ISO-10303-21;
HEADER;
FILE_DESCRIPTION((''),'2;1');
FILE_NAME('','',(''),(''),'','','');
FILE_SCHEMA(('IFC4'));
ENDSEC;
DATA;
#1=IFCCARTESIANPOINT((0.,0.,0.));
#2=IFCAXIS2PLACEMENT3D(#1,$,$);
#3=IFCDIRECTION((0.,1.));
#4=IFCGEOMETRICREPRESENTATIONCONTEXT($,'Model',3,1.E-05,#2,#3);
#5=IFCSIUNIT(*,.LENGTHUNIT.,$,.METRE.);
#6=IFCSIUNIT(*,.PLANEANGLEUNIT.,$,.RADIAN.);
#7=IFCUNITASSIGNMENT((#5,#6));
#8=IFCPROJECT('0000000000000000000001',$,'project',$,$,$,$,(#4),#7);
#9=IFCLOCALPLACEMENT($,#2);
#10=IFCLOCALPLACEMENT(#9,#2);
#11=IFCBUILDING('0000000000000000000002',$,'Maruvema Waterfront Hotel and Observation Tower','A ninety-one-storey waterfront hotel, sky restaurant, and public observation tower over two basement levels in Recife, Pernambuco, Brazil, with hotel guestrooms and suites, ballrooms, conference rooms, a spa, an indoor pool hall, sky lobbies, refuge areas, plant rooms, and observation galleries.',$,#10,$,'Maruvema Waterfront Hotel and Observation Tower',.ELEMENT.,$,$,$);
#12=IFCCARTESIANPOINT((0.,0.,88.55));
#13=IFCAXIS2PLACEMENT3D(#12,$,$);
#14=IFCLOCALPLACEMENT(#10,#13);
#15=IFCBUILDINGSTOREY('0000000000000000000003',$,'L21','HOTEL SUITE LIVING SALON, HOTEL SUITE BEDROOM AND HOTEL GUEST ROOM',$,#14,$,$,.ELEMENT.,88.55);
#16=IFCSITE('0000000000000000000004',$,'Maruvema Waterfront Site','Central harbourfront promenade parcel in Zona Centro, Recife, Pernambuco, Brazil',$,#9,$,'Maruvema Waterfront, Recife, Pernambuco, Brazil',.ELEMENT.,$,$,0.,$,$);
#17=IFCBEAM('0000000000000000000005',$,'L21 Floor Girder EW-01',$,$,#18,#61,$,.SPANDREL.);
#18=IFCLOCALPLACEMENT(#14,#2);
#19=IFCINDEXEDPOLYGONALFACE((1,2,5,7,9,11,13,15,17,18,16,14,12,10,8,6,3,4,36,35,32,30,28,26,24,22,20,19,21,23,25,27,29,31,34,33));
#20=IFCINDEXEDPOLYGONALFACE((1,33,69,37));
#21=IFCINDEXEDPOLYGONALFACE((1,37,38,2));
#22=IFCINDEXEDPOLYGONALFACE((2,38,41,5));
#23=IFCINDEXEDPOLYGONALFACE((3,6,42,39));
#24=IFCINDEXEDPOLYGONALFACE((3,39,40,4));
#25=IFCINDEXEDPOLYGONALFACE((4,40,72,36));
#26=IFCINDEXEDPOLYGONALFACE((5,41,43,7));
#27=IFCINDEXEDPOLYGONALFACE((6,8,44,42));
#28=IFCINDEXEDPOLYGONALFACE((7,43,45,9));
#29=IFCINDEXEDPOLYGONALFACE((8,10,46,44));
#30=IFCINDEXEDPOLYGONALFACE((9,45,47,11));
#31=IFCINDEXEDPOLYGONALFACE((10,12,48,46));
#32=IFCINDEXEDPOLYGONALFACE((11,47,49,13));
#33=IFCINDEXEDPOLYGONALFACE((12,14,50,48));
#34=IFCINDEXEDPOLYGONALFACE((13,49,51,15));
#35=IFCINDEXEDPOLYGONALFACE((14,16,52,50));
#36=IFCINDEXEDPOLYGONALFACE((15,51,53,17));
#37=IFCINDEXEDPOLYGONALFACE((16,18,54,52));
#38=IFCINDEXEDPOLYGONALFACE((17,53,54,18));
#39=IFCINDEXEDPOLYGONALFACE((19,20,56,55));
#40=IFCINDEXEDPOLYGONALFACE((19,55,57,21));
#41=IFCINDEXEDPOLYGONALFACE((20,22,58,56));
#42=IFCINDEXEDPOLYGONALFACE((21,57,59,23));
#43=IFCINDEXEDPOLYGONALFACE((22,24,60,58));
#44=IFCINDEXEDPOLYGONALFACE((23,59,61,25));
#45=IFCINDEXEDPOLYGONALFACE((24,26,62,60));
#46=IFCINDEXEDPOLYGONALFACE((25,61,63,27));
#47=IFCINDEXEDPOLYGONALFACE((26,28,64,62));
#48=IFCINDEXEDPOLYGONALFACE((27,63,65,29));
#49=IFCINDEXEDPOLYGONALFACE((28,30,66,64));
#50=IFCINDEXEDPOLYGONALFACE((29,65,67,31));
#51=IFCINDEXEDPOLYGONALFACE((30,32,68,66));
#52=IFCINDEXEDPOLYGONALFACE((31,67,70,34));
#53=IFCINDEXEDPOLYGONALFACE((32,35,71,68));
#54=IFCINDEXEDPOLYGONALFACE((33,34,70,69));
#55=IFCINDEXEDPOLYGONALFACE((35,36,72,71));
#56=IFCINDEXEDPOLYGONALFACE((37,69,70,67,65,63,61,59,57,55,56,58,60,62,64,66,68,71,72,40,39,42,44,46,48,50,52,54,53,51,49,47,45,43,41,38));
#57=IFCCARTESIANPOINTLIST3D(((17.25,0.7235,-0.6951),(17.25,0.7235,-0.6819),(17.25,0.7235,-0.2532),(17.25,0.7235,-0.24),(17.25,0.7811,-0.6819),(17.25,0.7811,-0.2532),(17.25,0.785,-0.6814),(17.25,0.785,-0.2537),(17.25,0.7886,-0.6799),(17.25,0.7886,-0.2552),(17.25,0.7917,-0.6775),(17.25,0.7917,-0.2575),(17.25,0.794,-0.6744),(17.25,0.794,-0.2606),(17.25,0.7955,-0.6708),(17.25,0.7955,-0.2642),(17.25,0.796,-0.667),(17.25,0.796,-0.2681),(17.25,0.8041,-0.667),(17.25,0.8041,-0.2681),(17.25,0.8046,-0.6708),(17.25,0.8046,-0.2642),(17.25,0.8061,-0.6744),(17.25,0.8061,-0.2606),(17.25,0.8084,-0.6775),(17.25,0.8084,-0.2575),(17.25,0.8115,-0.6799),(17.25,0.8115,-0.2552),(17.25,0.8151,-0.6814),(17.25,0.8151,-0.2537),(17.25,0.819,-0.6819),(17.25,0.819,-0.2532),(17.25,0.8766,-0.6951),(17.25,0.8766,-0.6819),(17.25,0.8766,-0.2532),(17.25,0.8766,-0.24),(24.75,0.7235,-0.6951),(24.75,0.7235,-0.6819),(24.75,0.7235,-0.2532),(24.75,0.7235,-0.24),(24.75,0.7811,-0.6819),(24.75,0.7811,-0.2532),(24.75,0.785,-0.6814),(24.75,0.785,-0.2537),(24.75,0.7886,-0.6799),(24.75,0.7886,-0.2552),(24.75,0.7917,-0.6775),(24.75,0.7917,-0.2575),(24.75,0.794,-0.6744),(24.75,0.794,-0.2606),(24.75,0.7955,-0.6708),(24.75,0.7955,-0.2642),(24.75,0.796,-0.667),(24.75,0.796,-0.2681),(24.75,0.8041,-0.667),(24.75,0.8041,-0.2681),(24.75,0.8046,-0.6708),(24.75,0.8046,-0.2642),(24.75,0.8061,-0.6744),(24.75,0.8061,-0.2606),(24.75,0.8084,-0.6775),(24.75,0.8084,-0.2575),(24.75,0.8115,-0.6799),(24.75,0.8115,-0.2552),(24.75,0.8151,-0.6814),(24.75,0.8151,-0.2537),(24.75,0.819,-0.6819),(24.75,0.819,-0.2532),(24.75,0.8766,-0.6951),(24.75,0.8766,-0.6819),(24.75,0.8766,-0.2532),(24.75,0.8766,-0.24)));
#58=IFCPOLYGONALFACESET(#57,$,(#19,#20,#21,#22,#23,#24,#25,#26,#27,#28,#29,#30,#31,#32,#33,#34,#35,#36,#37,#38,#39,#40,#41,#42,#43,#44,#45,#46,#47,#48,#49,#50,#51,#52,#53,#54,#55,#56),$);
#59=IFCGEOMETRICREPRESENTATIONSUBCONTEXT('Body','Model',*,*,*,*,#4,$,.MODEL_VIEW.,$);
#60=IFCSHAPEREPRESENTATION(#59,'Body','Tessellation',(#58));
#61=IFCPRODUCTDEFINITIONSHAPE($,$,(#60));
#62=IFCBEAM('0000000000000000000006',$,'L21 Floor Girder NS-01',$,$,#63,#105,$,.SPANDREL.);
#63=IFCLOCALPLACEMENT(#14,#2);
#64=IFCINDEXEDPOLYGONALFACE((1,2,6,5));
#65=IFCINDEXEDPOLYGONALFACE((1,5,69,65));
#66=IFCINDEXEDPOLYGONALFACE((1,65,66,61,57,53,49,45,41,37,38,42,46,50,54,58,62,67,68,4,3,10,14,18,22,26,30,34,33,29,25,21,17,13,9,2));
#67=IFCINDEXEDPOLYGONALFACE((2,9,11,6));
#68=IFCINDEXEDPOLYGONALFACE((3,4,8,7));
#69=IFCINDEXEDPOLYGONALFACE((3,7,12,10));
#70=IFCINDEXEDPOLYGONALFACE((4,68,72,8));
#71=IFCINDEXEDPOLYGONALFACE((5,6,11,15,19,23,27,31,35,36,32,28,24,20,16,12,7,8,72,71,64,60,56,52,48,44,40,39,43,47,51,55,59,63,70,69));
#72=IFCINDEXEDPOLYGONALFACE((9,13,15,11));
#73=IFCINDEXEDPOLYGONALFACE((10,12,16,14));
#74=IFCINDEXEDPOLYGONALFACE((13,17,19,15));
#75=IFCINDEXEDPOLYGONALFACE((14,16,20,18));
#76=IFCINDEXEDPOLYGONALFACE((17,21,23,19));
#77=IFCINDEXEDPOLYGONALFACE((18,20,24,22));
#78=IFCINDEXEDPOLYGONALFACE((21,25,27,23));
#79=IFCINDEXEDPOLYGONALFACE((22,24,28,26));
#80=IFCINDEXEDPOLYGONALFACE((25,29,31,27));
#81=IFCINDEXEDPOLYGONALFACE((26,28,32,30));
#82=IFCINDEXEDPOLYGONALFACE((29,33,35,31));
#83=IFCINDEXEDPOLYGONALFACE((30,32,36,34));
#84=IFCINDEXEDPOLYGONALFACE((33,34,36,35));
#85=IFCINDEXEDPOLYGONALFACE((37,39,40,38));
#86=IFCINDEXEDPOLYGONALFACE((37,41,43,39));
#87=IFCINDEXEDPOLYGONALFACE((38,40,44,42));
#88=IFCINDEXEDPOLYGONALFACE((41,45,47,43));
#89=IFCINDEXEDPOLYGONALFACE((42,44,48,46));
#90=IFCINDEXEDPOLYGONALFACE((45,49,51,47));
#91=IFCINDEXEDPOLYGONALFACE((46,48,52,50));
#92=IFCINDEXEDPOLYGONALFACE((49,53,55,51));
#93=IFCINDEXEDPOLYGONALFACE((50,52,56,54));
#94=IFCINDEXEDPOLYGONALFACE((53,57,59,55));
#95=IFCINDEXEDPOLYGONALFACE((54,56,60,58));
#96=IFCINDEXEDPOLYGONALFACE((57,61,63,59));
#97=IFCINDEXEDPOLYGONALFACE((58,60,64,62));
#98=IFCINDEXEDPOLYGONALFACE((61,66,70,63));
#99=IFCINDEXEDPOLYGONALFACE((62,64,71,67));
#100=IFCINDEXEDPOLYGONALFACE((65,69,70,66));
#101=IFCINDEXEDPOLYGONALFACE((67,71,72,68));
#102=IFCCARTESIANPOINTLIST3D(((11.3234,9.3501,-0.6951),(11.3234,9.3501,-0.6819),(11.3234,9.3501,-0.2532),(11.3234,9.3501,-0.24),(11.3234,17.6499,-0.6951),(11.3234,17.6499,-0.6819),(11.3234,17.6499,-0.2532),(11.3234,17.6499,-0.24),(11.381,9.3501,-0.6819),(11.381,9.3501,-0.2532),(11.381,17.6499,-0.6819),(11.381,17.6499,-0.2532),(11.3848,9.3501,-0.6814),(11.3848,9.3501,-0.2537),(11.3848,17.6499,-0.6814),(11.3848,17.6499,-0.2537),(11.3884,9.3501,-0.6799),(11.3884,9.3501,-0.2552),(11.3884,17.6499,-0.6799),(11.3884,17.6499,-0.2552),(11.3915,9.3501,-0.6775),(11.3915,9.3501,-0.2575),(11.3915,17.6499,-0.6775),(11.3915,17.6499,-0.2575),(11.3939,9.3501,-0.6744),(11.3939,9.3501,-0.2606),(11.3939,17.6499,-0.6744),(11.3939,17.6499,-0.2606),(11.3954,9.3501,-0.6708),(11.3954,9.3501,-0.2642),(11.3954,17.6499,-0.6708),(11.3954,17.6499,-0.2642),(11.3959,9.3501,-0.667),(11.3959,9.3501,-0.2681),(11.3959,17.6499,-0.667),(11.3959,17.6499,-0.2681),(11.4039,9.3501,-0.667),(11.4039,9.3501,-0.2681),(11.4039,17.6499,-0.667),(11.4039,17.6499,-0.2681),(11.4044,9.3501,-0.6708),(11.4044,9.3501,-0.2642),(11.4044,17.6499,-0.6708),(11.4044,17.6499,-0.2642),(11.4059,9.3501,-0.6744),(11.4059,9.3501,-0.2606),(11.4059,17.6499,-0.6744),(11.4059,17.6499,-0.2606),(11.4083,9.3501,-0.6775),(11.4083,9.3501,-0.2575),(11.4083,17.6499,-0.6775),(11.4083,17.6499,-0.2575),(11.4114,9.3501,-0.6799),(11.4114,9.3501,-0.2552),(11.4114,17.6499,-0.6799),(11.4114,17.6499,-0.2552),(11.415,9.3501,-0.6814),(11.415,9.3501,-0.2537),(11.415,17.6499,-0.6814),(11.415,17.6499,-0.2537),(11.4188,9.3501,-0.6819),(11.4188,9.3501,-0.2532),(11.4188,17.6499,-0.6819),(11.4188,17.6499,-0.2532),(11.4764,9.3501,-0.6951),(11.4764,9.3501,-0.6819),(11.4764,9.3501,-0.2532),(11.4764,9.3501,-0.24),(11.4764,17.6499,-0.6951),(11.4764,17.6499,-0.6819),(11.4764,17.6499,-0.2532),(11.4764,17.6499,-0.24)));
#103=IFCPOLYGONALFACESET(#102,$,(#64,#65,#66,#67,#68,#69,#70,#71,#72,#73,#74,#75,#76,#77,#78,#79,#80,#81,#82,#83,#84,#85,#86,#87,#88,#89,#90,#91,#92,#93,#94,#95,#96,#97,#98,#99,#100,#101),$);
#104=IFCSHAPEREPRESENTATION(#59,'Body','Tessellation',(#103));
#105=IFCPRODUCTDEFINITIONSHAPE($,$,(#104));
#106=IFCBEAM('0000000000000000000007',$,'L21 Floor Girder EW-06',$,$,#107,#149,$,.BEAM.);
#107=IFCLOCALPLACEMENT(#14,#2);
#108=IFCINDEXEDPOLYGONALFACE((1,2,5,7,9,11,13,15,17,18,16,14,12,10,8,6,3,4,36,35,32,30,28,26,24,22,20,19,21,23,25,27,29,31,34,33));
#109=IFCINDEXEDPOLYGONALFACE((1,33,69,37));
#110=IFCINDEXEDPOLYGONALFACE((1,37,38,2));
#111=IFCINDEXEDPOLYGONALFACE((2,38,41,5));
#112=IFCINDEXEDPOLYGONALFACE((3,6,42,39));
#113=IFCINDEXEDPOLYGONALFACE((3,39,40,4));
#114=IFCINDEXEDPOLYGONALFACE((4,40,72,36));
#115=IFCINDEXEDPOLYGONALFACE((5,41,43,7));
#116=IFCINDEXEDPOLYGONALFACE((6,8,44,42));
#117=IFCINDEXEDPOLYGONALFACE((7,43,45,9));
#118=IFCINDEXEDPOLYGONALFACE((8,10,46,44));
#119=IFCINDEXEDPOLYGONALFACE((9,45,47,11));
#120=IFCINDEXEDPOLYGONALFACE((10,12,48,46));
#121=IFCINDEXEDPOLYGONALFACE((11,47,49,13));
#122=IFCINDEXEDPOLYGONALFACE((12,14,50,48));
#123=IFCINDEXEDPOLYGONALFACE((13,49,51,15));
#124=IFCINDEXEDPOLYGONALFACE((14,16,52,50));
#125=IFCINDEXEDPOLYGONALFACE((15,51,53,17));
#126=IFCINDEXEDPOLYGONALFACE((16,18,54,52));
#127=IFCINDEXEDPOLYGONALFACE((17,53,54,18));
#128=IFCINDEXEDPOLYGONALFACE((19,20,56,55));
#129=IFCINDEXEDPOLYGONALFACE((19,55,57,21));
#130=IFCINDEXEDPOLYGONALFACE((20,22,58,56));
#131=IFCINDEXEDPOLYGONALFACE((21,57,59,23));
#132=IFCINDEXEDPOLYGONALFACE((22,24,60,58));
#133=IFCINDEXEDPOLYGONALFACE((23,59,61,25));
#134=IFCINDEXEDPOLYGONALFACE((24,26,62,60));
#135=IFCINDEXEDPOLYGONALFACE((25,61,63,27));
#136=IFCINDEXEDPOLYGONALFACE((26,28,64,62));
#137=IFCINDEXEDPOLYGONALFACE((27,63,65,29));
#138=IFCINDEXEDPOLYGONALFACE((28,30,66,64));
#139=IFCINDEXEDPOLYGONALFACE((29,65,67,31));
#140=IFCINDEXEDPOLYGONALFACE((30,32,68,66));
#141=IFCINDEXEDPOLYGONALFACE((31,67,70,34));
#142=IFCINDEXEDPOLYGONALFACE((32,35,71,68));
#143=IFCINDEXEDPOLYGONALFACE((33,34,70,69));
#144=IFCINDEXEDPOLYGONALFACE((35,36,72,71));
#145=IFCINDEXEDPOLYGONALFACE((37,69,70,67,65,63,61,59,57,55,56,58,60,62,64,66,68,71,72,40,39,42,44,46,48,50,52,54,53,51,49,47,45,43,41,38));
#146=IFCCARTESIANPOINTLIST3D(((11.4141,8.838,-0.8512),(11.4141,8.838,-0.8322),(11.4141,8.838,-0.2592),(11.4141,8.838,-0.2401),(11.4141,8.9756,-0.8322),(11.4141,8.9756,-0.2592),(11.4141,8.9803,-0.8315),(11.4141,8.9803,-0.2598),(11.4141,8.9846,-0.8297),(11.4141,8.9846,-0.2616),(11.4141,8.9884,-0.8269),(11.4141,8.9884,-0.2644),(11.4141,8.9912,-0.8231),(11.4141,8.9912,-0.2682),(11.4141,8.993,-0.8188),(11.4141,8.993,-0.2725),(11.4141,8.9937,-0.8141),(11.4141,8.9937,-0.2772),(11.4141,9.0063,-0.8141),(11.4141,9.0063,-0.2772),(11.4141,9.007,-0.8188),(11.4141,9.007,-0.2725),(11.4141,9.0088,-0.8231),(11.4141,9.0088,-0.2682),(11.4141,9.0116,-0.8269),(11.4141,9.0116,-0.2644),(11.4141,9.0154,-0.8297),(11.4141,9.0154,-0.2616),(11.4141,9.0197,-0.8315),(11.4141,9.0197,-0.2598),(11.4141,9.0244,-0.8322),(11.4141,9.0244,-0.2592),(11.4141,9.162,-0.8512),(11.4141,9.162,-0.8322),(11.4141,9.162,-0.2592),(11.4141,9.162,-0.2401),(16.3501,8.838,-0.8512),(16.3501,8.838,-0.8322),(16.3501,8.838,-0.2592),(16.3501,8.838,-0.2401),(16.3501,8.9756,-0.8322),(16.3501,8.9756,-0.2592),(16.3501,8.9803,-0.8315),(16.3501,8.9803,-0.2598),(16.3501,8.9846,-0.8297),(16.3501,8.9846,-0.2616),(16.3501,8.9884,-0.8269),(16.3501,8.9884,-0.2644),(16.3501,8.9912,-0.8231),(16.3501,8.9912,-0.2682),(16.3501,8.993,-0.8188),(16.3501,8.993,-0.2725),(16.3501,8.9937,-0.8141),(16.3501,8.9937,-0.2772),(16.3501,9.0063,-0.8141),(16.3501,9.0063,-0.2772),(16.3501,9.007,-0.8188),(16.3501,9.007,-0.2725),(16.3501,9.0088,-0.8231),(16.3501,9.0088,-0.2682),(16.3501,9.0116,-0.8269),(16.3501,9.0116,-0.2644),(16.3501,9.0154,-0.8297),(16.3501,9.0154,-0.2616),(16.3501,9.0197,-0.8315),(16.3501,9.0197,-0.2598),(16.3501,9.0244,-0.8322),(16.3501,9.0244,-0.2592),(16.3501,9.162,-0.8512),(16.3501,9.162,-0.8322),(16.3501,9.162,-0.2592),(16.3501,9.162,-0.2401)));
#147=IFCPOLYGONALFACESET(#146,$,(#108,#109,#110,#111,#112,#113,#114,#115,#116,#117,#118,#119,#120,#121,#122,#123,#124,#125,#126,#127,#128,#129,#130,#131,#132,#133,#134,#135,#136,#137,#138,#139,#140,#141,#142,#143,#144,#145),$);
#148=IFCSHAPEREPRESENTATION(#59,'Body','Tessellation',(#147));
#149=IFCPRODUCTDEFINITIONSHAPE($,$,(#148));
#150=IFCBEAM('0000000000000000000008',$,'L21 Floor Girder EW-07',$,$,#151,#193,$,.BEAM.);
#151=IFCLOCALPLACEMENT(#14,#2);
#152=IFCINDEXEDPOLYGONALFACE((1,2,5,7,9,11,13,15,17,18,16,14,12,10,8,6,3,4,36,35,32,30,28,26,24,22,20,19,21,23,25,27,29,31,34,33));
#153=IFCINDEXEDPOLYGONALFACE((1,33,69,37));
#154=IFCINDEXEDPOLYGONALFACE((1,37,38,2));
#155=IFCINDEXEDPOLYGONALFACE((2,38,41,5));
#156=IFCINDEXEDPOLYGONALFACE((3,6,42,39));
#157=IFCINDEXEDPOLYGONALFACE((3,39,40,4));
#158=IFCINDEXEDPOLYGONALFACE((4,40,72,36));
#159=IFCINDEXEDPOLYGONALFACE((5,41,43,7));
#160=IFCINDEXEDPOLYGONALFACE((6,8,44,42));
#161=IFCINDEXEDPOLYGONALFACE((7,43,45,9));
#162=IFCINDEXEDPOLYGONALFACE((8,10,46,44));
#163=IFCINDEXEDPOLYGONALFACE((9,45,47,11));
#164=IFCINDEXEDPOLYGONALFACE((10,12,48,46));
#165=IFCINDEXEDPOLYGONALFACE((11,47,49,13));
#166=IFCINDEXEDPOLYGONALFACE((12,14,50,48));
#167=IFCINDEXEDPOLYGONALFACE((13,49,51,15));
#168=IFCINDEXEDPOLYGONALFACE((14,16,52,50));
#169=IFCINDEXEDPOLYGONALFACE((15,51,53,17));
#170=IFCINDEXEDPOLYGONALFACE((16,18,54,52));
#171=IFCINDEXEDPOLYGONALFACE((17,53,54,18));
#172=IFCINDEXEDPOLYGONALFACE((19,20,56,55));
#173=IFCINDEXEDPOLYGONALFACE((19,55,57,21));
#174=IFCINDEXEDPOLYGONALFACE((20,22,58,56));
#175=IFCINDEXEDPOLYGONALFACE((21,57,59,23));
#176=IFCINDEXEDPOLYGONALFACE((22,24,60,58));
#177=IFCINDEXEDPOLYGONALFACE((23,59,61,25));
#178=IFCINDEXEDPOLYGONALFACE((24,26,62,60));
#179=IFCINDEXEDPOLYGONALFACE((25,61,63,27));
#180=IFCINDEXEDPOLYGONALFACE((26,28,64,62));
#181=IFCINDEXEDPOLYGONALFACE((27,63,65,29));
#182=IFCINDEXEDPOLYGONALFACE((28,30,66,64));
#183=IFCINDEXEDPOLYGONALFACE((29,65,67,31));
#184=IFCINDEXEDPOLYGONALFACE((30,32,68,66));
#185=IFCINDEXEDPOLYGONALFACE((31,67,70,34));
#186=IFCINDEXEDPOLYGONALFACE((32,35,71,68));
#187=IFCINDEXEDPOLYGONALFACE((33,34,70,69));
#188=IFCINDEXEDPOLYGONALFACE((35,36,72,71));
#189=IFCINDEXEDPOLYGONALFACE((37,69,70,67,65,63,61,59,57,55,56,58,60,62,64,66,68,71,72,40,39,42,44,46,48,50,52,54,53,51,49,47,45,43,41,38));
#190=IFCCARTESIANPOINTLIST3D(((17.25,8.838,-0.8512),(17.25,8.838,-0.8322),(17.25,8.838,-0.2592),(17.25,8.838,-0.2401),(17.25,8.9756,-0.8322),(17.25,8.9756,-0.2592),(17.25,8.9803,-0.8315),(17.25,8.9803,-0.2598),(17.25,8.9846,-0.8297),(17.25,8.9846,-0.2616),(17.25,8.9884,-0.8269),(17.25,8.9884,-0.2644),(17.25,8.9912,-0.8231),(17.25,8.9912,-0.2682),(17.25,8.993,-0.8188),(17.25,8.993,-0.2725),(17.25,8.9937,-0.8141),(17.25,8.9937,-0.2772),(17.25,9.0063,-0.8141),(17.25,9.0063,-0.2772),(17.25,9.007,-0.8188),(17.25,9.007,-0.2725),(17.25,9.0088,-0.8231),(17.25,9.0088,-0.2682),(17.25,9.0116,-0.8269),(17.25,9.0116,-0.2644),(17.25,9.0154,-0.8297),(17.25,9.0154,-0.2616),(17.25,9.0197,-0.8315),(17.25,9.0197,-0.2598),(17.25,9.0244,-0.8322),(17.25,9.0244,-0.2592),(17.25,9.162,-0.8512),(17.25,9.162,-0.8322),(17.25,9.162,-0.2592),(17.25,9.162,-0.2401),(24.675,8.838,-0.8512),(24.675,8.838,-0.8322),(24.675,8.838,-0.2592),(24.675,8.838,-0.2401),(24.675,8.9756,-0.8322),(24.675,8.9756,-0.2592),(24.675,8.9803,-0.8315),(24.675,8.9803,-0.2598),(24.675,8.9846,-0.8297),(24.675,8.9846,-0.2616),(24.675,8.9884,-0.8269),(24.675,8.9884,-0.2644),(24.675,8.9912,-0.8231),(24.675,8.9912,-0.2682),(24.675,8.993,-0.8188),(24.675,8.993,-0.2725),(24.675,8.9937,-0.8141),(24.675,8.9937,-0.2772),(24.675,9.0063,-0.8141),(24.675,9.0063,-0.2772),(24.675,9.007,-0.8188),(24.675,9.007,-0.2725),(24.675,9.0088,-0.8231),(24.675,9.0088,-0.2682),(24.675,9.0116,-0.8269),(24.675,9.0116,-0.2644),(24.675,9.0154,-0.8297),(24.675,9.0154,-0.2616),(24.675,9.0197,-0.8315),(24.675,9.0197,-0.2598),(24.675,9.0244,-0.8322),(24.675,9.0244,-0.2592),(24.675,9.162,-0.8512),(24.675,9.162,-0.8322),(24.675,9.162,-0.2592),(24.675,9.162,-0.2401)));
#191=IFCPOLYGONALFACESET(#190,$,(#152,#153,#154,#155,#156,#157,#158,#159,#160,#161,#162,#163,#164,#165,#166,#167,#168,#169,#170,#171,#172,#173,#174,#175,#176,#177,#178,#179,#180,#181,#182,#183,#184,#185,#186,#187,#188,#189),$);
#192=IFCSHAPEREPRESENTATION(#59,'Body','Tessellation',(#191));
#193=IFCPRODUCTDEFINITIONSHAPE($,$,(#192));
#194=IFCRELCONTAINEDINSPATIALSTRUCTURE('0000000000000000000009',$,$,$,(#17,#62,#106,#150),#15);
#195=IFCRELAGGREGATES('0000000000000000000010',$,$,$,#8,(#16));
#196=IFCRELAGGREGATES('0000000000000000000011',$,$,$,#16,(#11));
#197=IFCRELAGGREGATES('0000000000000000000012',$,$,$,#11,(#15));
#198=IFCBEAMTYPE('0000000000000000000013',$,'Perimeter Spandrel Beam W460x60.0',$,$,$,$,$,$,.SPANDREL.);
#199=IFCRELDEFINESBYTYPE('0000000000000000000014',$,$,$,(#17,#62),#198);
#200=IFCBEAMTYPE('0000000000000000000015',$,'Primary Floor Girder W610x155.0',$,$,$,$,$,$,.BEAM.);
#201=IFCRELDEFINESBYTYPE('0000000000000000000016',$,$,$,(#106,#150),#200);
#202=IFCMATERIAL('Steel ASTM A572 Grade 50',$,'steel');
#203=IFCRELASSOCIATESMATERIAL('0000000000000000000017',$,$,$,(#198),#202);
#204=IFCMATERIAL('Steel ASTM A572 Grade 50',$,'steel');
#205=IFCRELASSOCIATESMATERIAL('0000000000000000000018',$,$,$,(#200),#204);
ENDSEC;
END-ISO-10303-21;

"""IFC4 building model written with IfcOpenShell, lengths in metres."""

from ifc_helpers import new_model, si_unit, direction, frame, origin, origin_2d, place, context, subcontext, project, spatial, i_section, extrude, material, material_profile, profile_set, type_object, element, save


model = new_model("IFC4")

# Units and contexts
model_context = context("Model", 3, precision=1e-05, world=origin(), true_north=direction((0.0, 1.0)))
body_context = subcontext(model_context, "Body", "Model", "MODEL_VIEW")
ifc_project = project(units=[si_unit("LENGTHUNIT", "METRE"), si_unit("PLANEANGLEUNIT", "RADIAN")], contexts=[model_context])

# Site, building, storey
site_placement = place(None, origin())
site = spatial("IfcSite", under=ifc_project, at=site_placement, Name="Maruvema Waterfront Site", Description="Central harbourfront promenade parcel in Zona Centro, Recife, Pernambuco, Brazil", LongName="Maruvema Waterfront, Recife, Pernambuco, Brazil", CompositionType="ELEMENT", RefElevation=0.0)
building_placement = place(site_placement, origin())
building = spatial("IfcBuilding", under=site, at=building_placement, Name="Maruvema Waterfront Hotel and Observation Tower", Description="A ninety-one-storey waterfront hotel, sky restaurant, and public observation tower over two basement levels in Recife, Pernambuco, Brazil, with hotel guestrooms and suites, ballrooms, conference rooms, a spa, an indoor pool hall, sky lobbies, refuge areas, plant rooms, and observation galleries.", LongName="Maruvema Waterfront Hotel and Observation Tower", CompositionType="ELEMENT")
storey_placement = place(building_placement, frame((0.0, 0.0, 88.55)))
storey = spatial("IfcBuildingStorey", under=building, at=storey_placement, Name="L21", Description="HOTEL SUITE LIVING SALON, HOTEL SUITE BEDROOM AND HOTEL GUEST ROOM", CompositionType="ELEMENT", Elevation=88.55)

# Beams
ifc_material_1 = material(Name="Steel ASTM A572 Grade 50", Category="steel")
ifc_material_profile_1 = material_profile(ifc_material_1, i_section(OverallWidth=0.1531, OverallDepth=0.4551, WebThickness=0.0081, FlangeThickness=0.0132, FilletRadius=0.0149, at=origin_2d()), Name="W460x60.0")
ifc_profile_set_1 = profile_set([ifc_material_profile_1], Name="Steel ASTM A572 Grade 50")
beam_type_1 = type_object("IfcBeamType", Name="Perimeter Spandrel Beam W460x60.0", PredefinedType="SPANDREL", material=ifc_profile_set_1)
beam_1_placement = place(storey_placement, frame((17.25, 0.8, -0.4675), z_axis=(1.0, 0.0, 0.0), x_axis=(0.0, 1.0, 0.0)))
element("IfcBeam", 1, at=beam_1_placement, inside=storey, type_object=beam_type_1, Name="L21 Floor Girder EW-01", PredefinedType="SPANDREL", context=body_context, shape_type="SweptSolid", body=[
    extrude(i_section(OverallWidth=0.1531, OverallDepth=0.4551, WebThickness=0.0081, FlangeThickness=0.0132, FilletRadius=0.0149, at=origin_2d()), origin(), (0.0, 0.0, 1.0), 7.5),
])
beam_2_placement = place(storey_placement, frame((11.3999, 9.3501, -0.4675), z_axis=(0.0, 1.0, 0.0), x_axis=(-1.0, 0.0, 0.0)))
element("IfcBeam", 2, at=beam_2_placement, inside=storey, type_object=beam_type_1, Name="L21 Floor Girder NS-01", PredefinedType="SPANDREL", context=body_context, shape_type="SweptSolid", body=[
    extrude(i_section(OverallWidth=0.1531, OverallDepth=0.4551, WebThickness=0.0081, FlangeThickness=0.0132, FilletRadius=0.0149, at=origin_2d()), origin(), (0.0, 0.0, 1.0), 8.2998),
])
ifc_material_2 = material(Name="Steel ASTM A572 Grade 50", Category="steel")
ifc_material_profile_2 = material_profile(ifc_material_2, i_section(OverallWidth=0.324, OverallDepth=0.6111, WebThickness=0.0127, FlangeThickness=0.019, FilletRadius=0.0181, at=origin_2d()), Name="W610x155.0")
ifc_profile_set_2 = profile_set([ifc_material_profile_2], Name="Steel ASTM A572 Grade 50")
beam_type_2 = type_object("IfcBeamType", Name="Primary Floor Girder W610x155.0", PredefinedType="BEAM", material=ifc_profile_set_2)
beam_3_placement = place(storey_placement, frame((11.4141, 9.0, -0.5457), z_axis=(1.0, 0.0, 0.0), x_axis=(0.0, 1.0, 0.0)))
element("IfcBeam", 3, at=beam_3_placement, inside=storey, type_object=beam_type_2, Name="L21 Floor Girder EW-06", PredefinedType="BEAM", context=body_context, shape_type="SweptSolid", body=[
    extrude(i_section(OverallWidth=0.324, OverallDepth=0.6111, WebThickness=0.0127, FlangeThickness=0.019, FilletRadius=0.0181, at=origin_2d()), origin(), (0.0, 0.0, 1.0), 4.936),
])
beam_4_placement = place(storey_placement, frame((17.25, 9.0, -0.5457), z_axis=(1.0, 0.0, 0.0), x_axis=(0.0, 1.0, 0.0)))
element("IfcBeam", 4, at=beam_4_placement, inside=storey, type_object=beam_type_2, Name="L21 Floor Girder EW-07", PredefinedType="BEAM", context=body_context, shape_type="SweptSolid", body=[
    extrude(i_section(OverallWidth=0.324, OverallDepth=0.6111, WebThickness=0.0127, FlangeThickness=0.019, FilletRadius=0.0181, at=origin_2d()), origin(), (0.0, 0.0, 1.0), 7.425),
])

save(model, "model.ifc")
